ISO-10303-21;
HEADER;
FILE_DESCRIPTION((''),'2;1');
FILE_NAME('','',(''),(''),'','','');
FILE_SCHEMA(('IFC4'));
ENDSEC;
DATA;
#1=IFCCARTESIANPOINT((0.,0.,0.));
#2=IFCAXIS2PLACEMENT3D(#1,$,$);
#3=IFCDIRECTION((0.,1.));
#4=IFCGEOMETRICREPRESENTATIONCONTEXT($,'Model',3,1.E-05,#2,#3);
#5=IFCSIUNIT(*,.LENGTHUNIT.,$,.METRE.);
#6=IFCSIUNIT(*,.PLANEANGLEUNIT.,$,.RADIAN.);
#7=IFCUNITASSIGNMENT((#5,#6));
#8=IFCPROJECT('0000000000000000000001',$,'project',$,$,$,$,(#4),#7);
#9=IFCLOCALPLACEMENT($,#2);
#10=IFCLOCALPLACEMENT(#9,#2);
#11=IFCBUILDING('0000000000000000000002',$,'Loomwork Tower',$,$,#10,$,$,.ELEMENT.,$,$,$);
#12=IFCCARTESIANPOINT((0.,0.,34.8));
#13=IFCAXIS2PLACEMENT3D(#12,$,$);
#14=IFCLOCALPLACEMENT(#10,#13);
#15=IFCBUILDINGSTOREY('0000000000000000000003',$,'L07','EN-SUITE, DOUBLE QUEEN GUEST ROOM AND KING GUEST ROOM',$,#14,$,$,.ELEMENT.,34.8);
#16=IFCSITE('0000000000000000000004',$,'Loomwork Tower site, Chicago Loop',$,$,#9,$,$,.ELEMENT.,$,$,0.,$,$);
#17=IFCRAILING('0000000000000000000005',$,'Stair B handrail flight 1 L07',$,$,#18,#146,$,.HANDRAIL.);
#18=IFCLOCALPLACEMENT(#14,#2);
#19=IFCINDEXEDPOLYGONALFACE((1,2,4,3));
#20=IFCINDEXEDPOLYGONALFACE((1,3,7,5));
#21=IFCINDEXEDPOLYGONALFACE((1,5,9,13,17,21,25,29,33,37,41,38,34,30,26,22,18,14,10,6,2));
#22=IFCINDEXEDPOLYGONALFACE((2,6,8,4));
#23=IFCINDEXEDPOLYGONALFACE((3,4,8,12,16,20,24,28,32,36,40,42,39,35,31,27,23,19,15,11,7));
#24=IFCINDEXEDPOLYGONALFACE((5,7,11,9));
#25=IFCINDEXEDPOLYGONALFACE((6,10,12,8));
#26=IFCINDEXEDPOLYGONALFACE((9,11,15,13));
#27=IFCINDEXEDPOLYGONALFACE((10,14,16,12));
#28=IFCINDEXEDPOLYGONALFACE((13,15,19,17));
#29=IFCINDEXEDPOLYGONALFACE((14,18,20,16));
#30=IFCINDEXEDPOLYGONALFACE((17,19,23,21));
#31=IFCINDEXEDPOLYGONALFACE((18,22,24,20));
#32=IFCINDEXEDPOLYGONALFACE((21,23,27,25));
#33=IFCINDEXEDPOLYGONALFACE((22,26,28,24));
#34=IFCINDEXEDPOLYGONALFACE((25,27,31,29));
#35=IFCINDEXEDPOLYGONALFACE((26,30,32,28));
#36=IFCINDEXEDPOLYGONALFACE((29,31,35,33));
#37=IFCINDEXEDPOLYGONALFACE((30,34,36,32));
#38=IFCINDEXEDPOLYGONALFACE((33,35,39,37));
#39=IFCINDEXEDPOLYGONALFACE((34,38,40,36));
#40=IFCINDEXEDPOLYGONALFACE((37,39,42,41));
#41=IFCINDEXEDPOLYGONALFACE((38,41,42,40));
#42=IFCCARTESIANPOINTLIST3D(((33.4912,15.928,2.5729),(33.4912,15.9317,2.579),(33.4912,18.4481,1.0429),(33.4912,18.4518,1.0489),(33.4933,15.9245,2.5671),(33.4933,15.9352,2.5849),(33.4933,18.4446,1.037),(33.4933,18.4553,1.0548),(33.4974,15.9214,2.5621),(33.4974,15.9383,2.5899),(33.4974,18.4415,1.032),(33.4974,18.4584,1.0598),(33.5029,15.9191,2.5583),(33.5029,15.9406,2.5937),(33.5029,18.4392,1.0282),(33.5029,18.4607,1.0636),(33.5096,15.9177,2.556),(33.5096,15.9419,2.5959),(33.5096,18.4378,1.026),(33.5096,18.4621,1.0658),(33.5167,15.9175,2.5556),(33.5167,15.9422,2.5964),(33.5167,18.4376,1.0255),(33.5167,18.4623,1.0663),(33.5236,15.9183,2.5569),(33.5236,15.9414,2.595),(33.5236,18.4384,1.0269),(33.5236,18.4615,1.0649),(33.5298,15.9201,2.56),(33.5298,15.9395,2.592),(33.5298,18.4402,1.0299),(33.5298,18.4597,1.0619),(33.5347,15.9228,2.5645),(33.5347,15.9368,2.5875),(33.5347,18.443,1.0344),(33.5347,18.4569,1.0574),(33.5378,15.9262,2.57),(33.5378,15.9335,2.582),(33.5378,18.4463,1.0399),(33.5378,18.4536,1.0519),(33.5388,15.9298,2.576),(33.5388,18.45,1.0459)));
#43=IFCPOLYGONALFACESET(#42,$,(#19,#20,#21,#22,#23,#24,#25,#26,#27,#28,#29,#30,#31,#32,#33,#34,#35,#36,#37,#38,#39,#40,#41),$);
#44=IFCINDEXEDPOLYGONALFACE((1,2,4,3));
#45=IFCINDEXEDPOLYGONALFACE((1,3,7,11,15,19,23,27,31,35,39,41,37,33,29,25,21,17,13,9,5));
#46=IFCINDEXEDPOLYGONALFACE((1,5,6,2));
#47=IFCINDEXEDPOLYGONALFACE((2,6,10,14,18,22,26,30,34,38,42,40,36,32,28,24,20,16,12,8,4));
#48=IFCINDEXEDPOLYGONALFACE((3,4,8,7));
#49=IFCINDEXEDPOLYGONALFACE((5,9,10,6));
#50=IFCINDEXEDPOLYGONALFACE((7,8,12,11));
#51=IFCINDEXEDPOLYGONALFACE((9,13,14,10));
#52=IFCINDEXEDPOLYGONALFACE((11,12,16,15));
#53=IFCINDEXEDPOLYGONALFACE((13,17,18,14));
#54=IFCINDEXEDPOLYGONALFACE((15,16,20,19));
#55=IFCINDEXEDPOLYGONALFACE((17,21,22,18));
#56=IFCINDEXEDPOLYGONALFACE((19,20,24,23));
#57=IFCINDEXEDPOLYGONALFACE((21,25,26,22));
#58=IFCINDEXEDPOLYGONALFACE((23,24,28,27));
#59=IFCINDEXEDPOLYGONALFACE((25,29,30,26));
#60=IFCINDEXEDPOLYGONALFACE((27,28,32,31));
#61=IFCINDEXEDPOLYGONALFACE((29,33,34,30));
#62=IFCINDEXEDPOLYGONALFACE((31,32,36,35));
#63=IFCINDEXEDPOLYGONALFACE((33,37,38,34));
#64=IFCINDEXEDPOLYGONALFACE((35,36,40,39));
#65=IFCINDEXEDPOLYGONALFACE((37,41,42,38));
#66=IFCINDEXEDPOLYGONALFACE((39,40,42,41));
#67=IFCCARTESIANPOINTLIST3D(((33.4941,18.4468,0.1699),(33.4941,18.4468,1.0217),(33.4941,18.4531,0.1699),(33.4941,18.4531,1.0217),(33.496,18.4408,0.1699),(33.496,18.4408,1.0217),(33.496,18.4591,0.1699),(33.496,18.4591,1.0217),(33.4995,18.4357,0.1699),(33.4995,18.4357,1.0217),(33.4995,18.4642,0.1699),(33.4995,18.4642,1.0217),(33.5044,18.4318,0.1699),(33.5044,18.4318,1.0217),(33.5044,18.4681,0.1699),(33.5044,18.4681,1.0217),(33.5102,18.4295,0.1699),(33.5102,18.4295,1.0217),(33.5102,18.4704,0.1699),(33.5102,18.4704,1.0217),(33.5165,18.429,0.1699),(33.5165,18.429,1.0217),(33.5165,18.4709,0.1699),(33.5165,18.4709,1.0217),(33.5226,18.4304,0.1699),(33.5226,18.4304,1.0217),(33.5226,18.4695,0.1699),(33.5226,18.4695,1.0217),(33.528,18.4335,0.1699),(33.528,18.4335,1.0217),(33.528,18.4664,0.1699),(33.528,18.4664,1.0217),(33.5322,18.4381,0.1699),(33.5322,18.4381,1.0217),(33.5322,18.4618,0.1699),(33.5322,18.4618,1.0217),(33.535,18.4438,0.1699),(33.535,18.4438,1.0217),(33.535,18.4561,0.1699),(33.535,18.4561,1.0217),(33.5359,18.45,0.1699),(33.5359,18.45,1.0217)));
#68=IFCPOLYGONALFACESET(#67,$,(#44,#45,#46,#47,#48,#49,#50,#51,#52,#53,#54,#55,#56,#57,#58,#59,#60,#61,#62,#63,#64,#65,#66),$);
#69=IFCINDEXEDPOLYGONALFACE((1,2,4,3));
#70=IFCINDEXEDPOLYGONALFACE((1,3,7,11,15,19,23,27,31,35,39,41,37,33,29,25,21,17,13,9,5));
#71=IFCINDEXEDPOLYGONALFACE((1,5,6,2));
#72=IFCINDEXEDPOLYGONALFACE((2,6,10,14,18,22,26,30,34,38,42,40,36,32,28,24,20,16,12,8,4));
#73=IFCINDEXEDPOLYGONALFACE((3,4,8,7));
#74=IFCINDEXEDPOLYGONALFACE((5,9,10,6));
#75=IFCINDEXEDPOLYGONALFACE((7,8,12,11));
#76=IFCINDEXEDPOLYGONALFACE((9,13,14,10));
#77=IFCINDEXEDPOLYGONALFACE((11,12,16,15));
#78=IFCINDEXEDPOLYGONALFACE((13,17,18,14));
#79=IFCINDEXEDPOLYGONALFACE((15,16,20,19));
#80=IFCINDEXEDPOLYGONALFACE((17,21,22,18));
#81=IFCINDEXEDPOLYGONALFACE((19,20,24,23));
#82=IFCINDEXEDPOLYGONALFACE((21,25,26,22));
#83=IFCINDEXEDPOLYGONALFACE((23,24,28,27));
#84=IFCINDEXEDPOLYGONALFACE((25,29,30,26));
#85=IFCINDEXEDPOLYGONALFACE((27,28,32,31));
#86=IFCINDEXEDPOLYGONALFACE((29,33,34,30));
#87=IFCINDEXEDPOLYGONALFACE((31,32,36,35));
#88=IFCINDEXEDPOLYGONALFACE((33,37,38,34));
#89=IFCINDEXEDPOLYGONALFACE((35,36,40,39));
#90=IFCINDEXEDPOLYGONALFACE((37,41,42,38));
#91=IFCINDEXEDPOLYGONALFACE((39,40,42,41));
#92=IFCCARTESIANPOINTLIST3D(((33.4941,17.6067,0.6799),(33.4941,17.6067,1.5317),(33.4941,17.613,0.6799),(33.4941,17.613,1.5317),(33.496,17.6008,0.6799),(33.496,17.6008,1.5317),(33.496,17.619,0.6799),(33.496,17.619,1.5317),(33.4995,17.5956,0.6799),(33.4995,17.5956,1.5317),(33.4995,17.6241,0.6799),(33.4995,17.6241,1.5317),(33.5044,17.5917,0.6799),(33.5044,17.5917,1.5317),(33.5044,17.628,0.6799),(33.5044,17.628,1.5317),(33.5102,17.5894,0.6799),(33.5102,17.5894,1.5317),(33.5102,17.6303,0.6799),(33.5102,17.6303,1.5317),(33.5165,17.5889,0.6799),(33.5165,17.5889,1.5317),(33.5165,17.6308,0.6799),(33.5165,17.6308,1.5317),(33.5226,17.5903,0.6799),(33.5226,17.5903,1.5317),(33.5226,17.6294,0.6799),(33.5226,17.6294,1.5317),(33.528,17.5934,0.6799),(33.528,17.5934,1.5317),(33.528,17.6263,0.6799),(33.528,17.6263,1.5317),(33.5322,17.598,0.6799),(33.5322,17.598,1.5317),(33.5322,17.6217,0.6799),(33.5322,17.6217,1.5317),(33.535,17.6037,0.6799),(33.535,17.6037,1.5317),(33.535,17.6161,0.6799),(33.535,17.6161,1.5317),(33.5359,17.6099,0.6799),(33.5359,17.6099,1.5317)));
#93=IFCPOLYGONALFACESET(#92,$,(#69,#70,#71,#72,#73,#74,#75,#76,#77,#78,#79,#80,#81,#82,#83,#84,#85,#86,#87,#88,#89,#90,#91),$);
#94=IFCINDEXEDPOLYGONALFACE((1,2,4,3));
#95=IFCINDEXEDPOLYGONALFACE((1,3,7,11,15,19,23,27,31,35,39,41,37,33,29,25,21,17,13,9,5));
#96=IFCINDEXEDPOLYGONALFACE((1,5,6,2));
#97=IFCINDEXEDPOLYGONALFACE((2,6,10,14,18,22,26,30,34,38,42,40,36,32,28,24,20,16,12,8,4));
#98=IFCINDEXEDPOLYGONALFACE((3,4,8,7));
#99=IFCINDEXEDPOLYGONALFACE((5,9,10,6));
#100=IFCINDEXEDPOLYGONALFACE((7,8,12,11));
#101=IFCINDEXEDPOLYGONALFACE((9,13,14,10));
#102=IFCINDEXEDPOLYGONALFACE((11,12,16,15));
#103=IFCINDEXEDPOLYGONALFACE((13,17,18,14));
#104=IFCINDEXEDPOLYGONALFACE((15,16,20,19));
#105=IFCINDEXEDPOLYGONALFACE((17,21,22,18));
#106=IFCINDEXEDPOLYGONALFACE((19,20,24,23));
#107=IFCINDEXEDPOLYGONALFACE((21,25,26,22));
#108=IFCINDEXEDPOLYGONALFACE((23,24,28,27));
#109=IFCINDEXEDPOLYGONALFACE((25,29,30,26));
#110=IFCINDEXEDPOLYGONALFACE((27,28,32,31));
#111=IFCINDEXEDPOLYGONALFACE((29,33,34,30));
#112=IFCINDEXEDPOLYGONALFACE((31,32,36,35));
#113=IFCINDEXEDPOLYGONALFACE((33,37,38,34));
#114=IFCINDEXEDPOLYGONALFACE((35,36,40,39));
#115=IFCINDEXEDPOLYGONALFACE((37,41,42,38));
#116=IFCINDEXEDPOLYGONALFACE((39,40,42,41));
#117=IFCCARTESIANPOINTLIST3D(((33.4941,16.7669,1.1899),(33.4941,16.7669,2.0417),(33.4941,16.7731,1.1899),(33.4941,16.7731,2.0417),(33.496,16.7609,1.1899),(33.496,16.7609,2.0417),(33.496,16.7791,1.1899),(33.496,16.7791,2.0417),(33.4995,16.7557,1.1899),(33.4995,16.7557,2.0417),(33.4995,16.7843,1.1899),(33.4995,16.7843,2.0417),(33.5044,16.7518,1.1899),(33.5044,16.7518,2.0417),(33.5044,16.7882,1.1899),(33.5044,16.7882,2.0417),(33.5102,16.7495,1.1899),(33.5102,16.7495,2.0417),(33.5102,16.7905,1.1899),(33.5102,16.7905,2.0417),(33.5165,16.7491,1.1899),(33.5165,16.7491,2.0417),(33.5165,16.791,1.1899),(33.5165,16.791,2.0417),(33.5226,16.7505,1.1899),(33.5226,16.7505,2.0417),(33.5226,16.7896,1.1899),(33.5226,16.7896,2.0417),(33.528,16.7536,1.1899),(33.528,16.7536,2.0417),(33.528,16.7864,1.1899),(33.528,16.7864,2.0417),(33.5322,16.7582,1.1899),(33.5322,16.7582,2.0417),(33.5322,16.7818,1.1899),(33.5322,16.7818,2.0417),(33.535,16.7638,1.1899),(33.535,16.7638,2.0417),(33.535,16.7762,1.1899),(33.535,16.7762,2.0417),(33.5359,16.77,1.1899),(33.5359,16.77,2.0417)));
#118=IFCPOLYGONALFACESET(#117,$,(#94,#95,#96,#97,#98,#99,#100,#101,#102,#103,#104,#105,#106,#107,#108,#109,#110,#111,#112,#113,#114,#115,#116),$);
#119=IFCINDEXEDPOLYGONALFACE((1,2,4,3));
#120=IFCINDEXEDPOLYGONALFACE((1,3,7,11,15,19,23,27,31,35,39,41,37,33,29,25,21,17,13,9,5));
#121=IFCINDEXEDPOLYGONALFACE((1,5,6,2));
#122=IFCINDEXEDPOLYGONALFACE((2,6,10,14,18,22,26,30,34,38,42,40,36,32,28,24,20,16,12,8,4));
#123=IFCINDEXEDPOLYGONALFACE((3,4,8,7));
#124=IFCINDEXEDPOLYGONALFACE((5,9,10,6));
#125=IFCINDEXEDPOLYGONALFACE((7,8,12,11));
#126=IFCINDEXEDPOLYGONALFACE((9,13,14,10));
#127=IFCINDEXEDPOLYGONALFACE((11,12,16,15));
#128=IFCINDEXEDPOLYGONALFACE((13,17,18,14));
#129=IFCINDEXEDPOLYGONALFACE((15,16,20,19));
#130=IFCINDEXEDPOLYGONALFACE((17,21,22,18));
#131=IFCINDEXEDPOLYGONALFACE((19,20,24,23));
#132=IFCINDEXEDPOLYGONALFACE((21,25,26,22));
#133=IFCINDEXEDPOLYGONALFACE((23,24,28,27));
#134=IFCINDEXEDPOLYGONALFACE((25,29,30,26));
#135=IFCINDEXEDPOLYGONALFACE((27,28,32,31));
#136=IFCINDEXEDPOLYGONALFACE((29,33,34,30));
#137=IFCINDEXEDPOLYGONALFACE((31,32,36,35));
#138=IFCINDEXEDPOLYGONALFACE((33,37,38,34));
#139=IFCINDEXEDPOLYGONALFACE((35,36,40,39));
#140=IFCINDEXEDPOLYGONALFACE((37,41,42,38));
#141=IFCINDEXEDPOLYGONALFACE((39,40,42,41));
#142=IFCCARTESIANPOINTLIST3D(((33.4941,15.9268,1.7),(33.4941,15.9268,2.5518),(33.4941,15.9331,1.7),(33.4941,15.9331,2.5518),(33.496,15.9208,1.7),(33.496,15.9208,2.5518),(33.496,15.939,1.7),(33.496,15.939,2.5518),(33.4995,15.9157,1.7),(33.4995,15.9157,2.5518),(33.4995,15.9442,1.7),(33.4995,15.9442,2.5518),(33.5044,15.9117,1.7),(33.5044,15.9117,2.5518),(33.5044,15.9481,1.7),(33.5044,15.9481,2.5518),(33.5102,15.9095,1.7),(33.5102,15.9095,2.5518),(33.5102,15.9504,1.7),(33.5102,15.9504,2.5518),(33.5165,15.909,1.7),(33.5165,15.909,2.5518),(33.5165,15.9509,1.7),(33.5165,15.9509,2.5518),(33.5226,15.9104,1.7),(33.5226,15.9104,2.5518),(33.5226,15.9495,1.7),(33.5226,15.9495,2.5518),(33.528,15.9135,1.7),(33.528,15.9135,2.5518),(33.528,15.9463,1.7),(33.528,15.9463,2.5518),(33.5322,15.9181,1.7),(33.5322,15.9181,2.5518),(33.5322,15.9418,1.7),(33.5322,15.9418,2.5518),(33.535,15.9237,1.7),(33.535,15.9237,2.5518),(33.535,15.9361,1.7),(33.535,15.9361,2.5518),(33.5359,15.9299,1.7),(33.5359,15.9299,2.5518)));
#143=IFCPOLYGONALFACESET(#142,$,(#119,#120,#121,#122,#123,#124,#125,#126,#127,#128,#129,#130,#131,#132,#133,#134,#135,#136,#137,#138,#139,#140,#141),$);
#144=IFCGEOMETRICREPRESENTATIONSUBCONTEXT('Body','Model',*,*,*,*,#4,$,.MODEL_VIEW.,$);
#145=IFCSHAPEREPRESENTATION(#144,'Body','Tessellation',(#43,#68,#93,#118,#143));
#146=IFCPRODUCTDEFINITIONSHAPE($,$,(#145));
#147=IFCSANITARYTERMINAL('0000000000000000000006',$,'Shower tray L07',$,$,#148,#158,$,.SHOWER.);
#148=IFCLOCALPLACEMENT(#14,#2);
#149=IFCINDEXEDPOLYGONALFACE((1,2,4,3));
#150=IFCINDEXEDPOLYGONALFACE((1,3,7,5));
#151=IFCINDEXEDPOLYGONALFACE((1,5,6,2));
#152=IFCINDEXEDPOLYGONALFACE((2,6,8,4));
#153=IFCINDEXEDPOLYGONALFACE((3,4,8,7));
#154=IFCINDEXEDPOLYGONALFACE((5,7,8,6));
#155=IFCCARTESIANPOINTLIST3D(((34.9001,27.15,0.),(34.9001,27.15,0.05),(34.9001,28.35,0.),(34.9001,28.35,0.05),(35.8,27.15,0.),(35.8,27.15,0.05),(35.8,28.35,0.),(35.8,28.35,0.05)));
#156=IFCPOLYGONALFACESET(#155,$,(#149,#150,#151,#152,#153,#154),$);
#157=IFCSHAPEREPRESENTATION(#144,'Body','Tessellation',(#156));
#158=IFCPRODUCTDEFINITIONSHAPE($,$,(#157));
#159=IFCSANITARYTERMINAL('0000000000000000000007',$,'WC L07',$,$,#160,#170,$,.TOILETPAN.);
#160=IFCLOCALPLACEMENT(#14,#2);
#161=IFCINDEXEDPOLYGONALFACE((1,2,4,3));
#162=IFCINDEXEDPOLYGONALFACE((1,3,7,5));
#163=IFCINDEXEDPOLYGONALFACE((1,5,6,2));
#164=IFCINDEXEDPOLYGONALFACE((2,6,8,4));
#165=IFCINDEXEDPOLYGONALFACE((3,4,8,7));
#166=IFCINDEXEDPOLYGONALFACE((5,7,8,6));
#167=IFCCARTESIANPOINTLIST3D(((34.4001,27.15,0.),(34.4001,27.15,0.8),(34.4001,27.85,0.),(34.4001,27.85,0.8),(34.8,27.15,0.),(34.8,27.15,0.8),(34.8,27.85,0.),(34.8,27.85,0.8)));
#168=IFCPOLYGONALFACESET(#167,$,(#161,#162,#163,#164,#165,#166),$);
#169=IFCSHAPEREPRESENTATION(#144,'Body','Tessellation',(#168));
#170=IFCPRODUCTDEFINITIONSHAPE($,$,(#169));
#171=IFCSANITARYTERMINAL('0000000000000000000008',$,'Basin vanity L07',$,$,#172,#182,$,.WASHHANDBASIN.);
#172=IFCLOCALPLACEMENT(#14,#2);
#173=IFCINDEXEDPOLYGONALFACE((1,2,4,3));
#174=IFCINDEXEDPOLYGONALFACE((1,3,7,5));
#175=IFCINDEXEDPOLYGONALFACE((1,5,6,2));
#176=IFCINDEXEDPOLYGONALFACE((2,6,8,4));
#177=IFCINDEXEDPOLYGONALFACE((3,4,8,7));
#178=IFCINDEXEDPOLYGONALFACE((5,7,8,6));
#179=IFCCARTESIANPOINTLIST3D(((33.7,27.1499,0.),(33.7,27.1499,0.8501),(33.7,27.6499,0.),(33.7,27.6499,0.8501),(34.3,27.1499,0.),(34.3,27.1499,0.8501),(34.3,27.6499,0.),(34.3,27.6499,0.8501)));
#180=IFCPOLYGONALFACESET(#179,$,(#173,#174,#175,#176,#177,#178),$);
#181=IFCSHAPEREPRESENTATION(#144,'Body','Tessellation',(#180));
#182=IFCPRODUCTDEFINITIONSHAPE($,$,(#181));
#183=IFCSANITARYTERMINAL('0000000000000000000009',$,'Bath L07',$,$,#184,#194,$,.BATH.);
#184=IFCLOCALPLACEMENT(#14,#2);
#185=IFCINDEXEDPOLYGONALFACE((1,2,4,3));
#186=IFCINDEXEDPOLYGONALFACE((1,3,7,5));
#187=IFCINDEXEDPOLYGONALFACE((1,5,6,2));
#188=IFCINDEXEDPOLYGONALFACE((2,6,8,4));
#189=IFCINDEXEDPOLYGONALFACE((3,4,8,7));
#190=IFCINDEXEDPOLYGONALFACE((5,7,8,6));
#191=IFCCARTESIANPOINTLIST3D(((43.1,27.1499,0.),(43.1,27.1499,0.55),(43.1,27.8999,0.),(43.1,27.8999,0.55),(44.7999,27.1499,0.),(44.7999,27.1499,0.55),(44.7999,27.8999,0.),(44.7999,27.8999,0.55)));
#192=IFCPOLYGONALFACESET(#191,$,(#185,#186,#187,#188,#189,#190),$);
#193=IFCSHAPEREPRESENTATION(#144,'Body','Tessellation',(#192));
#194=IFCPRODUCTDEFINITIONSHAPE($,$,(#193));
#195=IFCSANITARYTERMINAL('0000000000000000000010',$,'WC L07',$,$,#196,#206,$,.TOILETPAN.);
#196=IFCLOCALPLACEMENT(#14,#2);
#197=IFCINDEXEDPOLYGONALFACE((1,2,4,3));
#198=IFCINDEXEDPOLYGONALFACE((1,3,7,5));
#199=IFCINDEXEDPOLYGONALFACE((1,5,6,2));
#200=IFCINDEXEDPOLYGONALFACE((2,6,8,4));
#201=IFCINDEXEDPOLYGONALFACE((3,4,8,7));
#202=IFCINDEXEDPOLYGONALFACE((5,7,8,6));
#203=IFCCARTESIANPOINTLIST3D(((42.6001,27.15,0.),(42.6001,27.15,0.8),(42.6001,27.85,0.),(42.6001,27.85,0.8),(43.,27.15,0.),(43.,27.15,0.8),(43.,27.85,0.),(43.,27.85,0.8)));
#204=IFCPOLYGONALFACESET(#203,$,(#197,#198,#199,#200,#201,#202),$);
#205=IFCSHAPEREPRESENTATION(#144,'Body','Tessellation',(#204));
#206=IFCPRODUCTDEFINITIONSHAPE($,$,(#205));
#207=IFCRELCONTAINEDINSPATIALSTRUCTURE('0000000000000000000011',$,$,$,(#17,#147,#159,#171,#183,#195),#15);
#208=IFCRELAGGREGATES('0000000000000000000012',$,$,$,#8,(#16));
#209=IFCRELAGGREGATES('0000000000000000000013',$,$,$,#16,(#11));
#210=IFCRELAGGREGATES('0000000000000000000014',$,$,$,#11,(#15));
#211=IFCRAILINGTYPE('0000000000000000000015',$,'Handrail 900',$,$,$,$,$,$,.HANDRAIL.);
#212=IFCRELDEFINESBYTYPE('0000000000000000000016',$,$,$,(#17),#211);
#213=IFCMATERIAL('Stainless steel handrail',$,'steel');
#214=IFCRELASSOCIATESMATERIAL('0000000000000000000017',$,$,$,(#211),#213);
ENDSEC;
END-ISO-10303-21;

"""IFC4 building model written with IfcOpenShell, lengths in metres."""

from ifc_helpers import new_model, si_unit, direction, frame, origin, origin_2d, place, context, subcontext, project, spatial, rectangle, circle, extrude, material, type_object, element, save


model = new_model("IFC4")

# Units and contexts
model_context = context("Model", 3, precision=1e-05, world=origin(), true_north=direction((0.0, 1.0)))
body_context = subcontext(model_context, "Body", "Model", "MODEL_VIEW")
ifc_project = project(units=[si_unit("LENGTHUNIT", "METRE"), si_unit("PLANEANGLEUNIT", "RADIAN")], contexts=[model_context])

# Site, building, storey
site_placement = place(None, origin())
site = spatial("IfcSite", under=ifc_project, at=site_placement, Name="Loomwork Tower site, Chicago Loop", CompositionType="ELEMENT", RefElevation=0.0)
building_placement = place(site_placement, origin())
building = spatial("IfcBuilding", under=site, at=building_placement, Name="Loomwork Tower", CompositionType="ELEMENT")
storey_placement = place(building_placement, frame((0.0, 0.0, 34.8)))
storey = spatial("IfcBuildingStorey", under=building, at=storey_placement, Name="L07", Description="EN-SUITE, DOUBLE QUEEN GUEST ROOM AND KING GUEST ROOM", CompositionType="ELEMENT", Elevation=34.8)

# Railing
ifc_material_1 = material(Name="Stainless steel handrail", Category="steel")
railing_type = type_object("IfcRailingType", Name="Handrail 900", PredefinedType="HANDRAIL", material=ifc_material_1)
railing_placement = place(storey_placement, frame((33.5149, 18.45, 0.1699)))
element("IfcRailing", 1, at=railing_placement, inside=storey, type_object=railing_type, Name="Stair B handrail flight 1 L07", PredefinedType="HANDRAIL", context=body_context, shape_type="SweptSolid", body=[
    extrude(circle(Radius=0.0239, at=origin_2d()), frame((0.0, 0.0, 0.876), z_axis=(0.0, -0.854785, 0.518982), x_axis=(1.0, 0.0, 0.0)), (0.0, 0.0, 1.0), 2.9482),
    extrude(circle(Radius=0.021, at=origin_2d()), origin(), (0.0, 0.0, 1.0), 0.8518),
    extrude(circle(Radius=0.021, at=origin_2d()), frame((0.0, -0.8401, 0.51)), (0.0, 0.0, 1.0), 0.8518),
    extrude(circle(Radius=0.021, at=origin_2d()), frame((0.0, -1.6799, 1.02)), (0.0, 0.0, 1.0), 0.8518),
    extrude(circle(Radius=0.021, at=origin_2d()), frame((0.0, -2.52, 1.53)), (0.0, 0.0, 1.0), 0.8518),
])

# Sanitary terminals
sanitary_terminal_1_placement = place(storey_placement, frame((35.3501, 27.75, 0.0), z_axis=(0.0, 0.0, 1.0), x_axis=(1.0, 0.0, 0.0)))
element("IfcSanitaryTerminal", 2, at=sanitary_terminal_1_placement, inside=storey, Name="Shower tray L07", PredefinedType="SHOWER", context=body_context, shape_type="SweptSolid", body=[
    extrude(rectangle(XDim=0.8999, YDim=1.2, at=origin_2d()), origin(), (0.0, 0.0, 1.0), 0.05),
])
sanitary_terminal_2_placement = place(storey_placement, frame((34.6001, 27.5, 0.0), z_axis=(0.0, 0.0, 1.0), x_axis=(1.0, 0.0, 0.0)))
element("IfcSanitaryTerminal", 3, at=sanitary_terminal_2_placement, inside=storey, Name="WC L07", PredefinedType="TOILETPAN", context=body_context, shape_type="SweptSolid", body=[
    extrude(rectangle(XDim=0.3999, YDim=0.7, at=origin_2d()), origin(), (0.0, 0.0, 1.0), 0.8),
])
sanitary_terminal_3_placement = place(storey_placement, frame((34.0, 27.3999, 0.0), z_axis=(0.0, 0.0, 1.0), x_axis=(1.0, 0.0, 0.0)))
element("IfcSanitaryTerminal", 4, at=sanitary_terminal_3_placement, inside=storey, Name="Basin vanity L07", PredefinedType="WASHHANDBASIN", context=body_context, shape_type="SweptSolid", body=[
    extrude(rectangle(XDim=0.6001, YDim=0.5, at=origin_2d()), origin(), (0.0, 0.0, 1.0), 0.8501),
])
sanitary_terminal_4_placement = place(storey_placement, frame((43.95, 27.5249, 0.0), z_axis=(0.0, 0.0, 1.0), x_axis=(1.0, 0.0, 0.0)))
element("IfcSanitaryTerminal", 5, at=sanitary_terminal_4_placement, inside=storey, Name="Bath L07", PredefinedType="BATH", context=body_context, shape_type="SweptSolid", body=[
    extrude(rectangle(XDim=1.7, YDim=0.75, at=origin_2d()), origin(), (0.0, 0.0, 1.0), 0.55),
])
sanitary_terminal_5_placement = place(storey_placement, frame((42.8, 27.5, 0.0), z_axis=(0.0, 0.0, 1.0), x_axis=(1.0, 0.0, 0.0)))
element("IfcSanitaryTerminal", 6, at=sanitary_terminal_5_placement, inside=storey, Name="WC L07", PredefinedType="TOILETPAN", context=body_context, shape_type="SweptSolid", body=[
    extrude(rectangle(XDim=0.3999, YDim=0.7, at=origin_2d()), origin(), (0.0, 0.0, 1.0), 0.8),
])

save(model, "model.ifc")
